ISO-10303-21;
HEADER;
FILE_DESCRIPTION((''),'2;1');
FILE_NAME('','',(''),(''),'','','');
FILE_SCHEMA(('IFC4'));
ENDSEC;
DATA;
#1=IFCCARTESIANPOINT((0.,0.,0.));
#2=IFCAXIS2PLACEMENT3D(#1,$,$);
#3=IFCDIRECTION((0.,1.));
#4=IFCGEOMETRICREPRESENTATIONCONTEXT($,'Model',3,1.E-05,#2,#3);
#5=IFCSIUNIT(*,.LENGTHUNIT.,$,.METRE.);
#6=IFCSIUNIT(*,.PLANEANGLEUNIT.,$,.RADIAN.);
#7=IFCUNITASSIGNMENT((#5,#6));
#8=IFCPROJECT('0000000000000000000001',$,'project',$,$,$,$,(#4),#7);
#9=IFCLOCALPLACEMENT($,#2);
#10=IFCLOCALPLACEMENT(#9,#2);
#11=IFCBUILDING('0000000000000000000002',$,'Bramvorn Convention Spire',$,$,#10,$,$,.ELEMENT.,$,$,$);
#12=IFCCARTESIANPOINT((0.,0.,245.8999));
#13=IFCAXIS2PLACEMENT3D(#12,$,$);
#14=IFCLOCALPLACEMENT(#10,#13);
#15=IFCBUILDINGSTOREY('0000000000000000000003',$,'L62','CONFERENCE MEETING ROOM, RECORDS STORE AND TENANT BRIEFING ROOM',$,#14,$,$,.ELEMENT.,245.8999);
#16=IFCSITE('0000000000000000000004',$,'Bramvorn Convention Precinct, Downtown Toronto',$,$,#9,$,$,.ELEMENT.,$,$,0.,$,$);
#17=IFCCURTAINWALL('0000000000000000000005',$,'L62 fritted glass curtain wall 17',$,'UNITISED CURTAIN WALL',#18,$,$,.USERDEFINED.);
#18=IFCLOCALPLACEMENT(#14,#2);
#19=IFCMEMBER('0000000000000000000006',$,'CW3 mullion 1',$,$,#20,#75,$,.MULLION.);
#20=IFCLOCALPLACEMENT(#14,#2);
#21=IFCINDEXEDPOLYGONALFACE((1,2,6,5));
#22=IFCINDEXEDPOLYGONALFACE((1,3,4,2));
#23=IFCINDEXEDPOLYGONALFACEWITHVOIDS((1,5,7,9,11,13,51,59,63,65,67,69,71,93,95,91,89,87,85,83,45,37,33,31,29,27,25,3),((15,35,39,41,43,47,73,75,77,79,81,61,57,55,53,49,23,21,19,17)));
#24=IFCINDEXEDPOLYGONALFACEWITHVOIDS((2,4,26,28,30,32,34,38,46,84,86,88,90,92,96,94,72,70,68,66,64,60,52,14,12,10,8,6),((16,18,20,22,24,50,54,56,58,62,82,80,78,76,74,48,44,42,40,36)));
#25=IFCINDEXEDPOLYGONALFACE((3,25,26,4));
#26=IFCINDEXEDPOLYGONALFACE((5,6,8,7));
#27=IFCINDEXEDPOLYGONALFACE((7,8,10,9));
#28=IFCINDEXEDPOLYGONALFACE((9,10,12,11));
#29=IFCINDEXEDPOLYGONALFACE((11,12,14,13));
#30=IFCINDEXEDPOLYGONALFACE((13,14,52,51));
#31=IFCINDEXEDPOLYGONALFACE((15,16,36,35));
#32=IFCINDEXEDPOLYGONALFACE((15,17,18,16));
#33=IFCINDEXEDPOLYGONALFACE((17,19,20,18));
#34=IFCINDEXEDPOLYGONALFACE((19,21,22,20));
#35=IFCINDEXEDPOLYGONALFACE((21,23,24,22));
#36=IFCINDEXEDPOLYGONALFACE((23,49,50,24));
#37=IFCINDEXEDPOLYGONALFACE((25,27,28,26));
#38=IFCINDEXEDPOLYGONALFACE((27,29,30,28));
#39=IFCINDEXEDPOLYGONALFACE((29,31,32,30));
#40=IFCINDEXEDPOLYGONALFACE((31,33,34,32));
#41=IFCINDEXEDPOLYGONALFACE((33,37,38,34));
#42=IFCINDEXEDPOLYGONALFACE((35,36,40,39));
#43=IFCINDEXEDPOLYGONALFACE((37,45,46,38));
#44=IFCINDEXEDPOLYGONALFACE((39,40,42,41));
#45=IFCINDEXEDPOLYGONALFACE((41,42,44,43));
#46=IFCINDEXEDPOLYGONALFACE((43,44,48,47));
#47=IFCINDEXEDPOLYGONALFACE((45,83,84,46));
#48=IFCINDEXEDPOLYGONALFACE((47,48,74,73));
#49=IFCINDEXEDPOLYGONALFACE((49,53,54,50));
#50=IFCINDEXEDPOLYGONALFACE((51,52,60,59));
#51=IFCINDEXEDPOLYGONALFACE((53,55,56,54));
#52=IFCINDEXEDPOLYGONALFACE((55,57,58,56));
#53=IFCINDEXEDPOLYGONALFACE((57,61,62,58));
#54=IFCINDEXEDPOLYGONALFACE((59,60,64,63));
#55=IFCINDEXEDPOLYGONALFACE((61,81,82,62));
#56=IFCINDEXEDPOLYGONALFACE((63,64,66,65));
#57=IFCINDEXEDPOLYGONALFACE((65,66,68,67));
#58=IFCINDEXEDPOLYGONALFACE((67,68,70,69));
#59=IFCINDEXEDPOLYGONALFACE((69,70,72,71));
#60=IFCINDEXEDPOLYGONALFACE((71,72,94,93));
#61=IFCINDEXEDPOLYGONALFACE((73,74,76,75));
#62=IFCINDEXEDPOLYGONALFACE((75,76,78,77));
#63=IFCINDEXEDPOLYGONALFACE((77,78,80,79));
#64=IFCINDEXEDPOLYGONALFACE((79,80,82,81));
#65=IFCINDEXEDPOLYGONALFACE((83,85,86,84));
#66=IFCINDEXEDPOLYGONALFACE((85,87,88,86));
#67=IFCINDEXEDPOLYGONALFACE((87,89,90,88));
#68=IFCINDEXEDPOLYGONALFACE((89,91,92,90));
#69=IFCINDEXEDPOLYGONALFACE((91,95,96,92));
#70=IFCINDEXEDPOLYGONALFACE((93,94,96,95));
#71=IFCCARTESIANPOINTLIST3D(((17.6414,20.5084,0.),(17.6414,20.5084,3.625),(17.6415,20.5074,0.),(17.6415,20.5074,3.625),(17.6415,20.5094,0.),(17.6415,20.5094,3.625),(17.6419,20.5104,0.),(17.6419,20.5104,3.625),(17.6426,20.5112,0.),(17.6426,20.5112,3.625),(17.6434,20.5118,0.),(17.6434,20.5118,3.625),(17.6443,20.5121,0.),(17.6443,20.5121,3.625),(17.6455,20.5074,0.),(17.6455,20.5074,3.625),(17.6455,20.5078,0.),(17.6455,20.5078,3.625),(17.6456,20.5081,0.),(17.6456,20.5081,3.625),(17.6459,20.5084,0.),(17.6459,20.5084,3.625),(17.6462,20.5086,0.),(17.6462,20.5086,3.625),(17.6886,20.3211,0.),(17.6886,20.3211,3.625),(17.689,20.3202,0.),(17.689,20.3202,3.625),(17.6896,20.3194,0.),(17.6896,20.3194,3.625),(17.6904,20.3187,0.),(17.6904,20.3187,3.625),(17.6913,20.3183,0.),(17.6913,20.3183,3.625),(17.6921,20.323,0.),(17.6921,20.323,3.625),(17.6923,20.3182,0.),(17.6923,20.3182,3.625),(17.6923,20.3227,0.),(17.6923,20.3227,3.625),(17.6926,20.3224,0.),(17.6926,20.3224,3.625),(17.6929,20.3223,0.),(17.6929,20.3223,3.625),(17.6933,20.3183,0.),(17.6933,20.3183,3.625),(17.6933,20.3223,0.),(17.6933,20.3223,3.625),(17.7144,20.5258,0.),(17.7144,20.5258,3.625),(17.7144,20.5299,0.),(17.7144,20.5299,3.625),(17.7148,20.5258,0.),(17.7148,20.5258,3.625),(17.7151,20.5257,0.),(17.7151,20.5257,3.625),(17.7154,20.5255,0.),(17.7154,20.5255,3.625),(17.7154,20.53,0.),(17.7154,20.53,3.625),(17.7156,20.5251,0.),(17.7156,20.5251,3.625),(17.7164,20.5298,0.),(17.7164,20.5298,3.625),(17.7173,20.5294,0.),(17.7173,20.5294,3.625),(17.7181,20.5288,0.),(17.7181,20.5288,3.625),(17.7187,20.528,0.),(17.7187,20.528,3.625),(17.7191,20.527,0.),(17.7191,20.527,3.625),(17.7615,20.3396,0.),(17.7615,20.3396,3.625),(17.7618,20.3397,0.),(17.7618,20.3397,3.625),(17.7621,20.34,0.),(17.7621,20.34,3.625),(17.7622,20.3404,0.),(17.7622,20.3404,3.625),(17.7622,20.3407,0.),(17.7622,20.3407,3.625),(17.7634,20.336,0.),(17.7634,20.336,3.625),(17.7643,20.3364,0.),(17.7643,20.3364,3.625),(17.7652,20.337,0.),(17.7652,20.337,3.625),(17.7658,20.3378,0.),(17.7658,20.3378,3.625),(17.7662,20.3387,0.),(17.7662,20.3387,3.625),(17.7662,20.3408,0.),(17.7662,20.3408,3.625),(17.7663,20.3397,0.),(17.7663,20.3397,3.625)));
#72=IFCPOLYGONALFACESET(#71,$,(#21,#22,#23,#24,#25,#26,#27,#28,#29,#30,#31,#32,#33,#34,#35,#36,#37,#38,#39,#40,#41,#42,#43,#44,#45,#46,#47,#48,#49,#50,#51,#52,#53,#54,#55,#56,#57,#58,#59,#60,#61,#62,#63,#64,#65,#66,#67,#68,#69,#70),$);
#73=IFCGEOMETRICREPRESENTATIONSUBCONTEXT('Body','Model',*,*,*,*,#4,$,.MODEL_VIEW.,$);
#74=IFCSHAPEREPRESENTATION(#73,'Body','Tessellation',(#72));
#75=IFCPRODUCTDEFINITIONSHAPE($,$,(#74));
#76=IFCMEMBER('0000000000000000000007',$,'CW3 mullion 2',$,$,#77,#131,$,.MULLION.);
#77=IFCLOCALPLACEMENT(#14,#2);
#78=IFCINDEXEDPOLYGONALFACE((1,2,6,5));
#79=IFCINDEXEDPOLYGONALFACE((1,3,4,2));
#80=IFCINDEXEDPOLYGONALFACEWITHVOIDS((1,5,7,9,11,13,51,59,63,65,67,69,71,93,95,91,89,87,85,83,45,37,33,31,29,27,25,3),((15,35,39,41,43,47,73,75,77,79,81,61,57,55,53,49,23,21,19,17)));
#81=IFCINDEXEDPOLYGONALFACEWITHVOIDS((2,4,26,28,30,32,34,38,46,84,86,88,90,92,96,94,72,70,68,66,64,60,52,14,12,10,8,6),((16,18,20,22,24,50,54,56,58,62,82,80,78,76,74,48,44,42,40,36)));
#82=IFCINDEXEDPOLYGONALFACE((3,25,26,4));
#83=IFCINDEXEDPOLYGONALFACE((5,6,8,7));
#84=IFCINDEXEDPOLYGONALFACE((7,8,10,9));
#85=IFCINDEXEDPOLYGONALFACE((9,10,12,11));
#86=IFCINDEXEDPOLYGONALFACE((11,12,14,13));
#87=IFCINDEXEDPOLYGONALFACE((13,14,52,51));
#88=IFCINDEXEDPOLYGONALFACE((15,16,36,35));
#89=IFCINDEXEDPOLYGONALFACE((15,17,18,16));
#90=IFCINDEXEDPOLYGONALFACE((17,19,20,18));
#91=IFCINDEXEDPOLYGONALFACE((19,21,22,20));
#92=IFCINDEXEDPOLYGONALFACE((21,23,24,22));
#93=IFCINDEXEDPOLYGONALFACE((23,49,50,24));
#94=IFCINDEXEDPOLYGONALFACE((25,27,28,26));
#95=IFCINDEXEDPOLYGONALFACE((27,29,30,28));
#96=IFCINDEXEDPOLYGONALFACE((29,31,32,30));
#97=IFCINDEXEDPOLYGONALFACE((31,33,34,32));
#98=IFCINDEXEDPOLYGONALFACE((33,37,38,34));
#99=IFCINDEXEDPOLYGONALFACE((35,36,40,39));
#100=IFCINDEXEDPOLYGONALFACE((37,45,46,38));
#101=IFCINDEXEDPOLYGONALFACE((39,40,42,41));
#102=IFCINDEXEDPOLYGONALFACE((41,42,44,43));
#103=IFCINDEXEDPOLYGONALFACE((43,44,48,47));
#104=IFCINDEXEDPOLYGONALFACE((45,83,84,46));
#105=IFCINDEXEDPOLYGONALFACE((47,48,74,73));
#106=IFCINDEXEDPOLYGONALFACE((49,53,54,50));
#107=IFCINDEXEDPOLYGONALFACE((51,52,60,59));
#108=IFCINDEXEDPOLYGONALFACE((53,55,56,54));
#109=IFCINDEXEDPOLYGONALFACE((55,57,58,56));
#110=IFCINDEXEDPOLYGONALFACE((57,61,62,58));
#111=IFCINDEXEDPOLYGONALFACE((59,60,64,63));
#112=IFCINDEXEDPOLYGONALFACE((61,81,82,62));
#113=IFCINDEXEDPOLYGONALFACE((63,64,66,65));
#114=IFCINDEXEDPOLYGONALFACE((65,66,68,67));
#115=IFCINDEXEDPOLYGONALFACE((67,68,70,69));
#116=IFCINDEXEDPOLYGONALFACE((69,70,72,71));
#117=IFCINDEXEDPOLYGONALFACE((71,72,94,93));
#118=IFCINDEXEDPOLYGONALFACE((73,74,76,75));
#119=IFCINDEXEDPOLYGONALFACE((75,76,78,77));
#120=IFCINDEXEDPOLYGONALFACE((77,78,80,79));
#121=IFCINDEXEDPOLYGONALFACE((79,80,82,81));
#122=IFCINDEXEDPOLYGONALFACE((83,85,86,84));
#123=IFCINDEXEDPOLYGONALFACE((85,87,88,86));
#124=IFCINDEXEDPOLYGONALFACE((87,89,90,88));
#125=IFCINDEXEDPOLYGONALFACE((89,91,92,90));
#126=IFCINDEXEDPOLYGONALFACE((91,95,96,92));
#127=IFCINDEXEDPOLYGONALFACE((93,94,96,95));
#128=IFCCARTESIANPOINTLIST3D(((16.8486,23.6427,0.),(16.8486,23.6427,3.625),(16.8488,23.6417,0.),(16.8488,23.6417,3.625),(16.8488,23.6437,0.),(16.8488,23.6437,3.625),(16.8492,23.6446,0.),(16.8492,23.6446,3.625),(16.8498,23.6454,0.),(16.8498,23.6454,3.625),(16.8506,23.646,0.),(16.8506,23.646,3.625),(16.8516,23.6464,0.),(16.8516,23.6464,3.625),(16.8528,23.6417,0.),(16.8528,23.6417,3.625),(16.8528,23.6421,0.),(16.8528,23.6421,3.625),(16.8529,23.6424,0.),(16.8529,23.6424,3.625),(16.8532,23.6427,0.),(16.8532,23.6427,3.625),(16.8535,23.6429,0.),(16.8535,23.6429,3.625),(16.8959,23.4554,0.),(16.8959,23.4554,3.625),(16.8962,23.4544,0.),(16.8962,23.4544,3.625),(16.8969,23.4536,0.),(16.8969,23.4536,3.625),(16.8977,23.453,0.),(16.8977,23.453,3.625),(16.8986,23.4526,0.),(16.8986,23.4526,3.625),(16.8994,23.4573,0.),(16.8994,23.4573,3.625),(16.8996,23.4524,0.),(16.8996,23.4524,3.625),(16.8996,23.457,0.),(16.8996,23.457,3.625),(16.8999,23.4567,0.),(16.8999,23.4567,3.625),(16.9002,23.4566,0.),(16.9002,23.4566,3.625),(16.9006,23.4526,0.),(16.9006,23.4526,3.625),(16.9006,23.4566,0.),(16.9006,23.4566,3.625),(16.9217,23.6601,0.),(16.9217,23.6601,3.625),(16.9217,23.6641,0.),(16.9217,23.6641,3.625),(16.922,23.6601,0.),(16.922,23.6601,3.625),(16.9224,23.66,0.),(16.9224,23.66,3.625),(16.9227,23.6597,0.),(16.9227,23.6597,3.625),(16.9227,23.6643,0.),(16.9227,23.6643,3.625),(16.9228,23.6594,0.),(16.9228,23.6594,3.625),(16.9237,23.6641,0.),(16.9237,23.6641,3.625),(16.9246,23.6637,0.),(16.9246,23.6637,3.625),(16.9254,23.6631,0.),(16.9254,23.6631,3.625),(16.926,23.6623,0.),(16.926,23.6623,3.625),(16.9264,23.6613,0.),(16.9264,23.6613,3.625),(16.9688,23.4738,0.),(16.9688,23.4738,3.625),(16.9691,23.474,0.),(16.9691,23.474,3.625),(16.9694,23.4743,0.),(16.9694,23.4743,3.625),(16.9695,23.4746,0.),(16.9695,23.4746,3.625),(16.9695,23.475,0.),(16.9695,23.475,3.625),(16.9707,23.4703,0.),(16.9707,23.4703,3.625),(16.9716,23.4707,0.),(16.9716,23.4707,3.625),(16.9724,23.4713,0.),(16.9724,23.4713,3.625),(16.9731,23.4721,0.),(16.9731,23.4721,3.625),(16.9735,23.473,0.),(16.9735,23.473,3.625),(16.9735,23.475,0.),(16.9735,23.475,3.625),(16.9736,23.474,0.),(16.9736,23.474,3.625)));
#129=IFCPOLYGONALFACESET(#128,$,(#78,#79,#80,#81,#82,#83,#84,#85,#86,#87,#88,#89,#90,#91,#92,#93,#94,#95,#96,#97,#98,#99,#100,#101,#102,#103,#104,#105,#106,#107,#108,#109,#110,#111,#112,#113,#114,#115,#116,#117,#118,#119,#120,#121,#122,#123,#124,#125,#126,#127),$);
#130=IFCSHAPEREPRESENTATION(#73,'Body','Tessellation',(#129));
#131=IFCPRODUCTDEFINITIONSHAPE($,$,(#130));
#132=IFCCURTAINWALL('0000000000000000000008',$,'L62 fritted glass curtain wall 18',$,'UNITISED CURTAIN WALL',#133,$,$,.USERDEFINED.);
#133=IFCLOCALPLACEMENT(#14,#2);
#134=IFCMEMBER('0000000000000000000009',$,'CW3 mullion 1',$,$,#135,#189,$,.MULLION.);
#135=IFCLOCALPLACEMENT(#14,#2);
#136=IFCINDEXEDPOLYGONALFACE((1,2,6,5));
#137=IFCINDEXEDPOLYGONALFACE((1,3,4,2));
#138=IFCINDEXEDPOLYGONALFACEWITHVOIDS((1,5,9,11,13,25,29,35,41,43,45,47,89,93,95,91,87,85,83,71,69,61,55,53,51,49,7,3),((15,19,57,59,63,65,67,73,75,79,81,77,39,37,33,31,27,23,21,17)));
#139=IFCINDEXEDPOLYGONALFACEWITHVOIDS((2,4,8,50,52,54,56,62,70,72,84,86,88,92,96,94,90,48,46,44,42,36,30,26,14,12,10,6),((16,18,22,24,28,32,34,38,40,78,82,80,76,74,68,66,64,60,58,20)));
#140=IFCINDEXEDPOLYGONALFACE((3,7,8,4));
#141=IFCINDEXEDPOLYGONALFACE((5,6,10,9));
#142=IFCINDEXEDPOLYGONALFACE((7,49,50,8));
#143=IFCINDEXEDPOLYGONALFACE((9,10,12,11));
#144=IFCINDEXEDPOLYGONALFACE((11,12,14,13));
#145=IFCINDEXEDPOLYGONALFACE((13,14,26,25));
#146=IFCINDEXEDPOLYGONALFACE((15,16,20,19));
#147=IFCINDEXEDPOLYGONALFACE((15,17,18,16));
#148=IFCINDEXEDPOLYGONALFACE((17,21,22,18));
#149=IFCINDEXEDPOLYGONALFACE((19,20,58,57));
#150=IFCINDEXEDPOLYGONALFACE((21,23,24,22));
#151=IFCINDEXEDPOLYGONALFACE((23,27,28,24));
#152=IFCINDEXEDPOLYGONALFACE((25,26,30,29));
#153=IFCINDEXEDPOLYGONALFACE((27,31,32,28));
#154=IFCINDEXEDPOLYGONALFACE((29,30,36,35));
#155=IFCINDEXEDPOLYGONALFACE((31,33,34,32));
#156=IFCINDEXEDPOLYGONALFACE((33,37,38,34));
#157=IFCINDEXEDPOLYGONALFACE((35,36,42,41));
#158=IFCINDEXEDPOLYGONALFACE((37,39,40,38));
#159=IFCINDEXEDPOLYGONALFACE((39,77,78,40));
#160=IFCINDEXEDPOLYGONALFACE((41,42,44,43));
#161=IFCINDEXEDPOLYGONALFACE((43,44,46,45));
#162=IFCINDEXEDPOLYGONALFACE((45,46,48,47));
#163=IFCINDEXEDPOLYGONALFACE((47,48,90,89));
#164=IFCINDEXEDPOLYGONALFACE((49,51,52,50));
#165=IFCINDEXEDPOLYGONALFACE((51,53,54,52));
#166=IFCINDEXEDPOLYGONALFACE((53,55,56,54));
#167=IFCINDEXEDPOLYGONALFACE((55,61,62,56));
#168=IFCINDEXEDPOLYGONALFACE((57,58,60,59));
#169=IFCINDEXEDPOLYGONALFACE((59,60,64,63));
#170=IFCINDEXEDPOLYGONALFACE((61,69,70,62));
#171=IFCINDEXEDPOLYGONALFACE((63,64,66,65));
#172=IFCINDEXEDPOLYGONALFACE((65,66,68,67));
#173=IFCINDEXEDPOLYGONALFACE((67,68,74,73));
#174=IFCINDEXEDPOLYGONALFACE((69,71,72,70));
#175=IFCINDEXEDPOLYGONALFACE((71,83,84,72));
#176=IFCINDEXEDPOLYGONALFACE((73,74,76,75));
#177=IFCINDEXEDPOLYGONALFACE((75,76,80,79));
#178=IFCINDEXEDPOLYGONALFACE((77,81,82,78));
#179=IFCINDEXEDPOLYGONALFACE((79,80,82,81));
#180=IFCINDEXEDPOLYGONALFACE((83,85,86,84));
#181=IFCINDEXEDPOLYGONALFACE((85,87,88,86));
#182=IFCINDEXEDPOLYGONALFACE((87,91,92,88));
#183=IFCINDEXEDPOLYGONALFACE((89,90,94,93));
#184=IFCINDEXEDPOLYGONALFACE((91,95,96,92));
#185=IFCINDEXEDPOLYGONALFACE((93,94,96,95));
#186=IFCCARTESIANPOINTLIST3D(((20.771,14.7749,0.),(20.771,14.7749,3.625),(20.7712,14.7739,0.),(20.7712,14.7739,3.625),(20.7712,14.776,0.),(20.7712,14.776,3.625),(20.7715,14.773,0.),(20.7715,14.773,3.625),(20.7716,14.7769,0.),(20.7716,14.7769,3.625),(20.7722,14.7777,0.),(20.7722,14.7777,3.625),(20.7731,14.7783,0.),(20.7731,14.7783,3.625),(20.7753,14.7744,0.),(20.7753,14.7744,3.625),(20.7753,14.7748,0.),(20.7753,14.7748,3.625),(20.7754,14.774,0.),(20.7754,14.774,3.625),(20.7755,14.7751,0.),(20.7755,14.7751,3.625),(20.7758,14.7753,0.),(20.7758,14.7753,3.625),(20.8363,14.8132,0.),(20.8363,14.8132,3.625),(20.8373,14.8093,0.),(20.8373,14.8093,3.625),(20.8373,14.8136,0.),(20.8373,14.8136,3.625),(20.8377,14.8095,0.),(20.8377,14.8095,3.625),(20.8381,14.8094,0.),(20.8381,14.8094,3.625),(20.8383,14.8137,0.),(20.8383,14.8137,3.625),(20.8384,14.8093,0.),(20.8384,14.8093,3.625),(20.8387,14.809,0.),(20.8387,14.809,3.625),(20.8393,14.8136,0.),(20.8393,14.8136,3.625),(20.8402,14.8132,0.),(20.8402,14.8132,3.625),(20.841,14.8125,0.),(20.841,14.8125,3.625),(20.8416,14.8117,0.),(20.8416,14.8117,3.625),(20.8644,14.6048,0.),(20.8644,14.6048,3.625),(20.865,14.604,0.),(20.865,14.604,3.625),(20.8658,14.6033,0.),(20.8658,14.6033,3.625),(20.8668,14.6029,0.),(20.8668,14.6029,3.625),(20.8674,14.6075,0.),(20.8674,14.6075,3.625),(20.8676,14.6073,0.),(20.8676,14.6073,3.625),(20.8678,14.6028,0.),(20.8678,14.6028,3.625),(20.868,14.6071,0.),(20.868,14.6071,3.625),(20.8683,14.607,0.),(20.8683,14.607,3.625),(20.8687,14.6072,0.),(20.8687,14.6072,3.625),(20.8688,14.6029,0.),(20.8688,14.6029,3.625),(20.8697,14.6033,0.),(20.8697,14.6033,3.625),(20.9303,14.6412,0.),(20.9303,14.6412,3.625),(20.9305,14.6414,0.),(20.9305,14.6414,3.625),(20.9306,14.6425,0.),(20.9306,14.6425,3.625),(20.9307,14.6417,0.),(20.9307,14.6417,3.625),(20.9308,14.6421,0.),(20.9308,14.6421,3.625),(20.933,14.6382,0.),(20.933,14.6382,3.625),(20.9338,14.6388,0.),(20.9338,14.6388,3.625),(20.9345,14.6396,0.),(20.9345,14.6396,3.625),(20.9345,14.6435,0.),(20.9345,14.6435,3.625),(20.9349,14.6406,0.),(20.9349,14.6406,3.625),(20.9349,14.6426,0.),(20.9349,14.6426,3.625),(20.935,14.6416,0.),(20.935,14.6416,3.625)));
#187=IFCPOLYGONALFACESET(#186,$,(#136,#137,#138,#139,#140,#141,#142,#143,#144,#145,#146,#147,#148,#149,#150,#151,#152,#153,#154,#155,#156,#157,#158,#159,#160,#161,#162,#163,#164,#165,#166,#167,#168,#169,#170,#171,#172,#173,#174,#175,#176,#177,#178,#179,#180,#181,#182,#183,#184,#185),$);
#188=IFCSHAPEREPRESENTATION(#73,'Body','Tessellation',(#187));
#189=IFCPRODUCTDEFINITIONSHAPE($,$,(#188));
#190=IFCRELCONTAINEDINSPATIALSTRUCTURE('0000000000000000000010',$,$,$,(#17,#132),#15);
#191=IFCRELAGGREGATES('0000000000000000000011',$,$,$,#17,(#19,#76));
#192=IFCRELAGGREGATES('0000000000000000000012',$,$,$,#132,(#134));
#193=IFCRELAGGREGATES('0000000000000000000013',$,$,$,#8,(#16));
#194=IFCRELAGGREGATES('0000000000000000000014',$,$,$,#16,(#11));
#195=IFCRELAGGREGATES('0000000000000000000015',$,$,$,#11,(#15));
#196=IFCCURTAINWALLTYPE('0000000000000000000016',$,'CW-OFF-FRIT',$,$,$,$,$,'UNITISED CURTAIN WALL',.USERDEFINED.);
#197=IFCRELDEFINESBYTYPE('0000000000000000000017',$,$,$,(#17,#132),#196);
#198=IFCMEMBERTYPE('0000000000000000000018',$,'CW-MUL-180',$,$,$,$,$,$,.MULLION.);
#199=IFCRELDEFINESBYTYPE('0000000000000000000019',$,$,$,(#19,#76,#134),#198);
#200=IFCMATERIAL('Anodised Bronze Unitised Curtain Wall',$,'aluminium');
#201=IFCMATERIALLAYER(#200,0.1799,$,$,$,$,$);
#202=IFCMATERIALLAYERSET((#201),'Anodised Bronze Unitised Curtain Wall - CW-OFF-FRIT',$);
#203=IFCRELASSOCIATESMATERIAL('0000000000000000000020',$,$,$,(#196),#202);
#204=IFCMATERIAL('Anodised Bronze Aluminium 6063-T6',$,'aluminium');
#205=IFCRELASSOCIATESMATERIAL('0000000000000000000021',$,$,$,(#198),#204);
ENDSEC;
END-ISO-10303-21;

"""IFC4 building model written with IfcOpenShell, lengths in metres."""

from ifc_helpers import new_model, si_unit, direction, frame, origin, origin_2d, place, context, subcontext, project, spatial, hollow_rectangle, extrude, material, layer, layer_set, material_profile, profile_set, type_object, element, aggregate, save


model = new_model("IFC4")

# Units and contexts
model_context = context("Model", 3, precision=1e-05, world=origin(), true_north=direction((0.0, 1.0)))
body_context = subcontext(model_context, "Body", "Model", "MODEL_VIEW")
ifc_project = project(units=[si_unit("LENGTHUNIT", "METRE"), si_unit("PLANEANGLEUNIT", "RADIAN")], contexts=[model_context])

# Site, building, storey
site_placement = place(None, origin())
site = spatial("IfcSite", under=ifc_project, at=site_placement, Name="Bramvorn Convention Precinct, Downtown Toronto", CompositionType="ELEMENT", RefElevation=0.0)
building_placement = place(site_placement, origin())
building = spatial("IfcBuilding", under=site, at=building_placement, Name="Bramvorn Convention Spire", CompositionType="ELEMENT")
storey_placement = place(building_placement, frame((0.0, 0.0, 245.8999)))
storey = spatial("IfcBuildingStorey", under=building, at=storey_placement, Name="L62", Description="CONFERENCE MEETING ROOM, RECORDS STORE AND TENANT BRIEFING ROOM", CompositionType="ELEMENT", Elevation=245.8999)

# Curtain walls, members
ifc_material_1 = material(Name="Anodised Bronze Unitised Curtain Wall", Category="aluminium")
ifc_layer_1 = layer(ifc_material_1, 0.1799)
ifc_layer_set_1 = layer_set([ifc_layer_1], Name="Anodised Bronze Unitised Curtain Wall - CW-OFF-FRIT")
curtain_wall_type = type_object("IfcCurtainWallType", Name="CW-OFF-FRIT", ElementType="UNITISED CURTAIN WALL", PredefinedType="USERDEFINED", material=ifc_layer_set_1)
curtain_wall_1_placement = place(storey_placement, origin())
curtain_wall_1 = element("IfcCurtainWall", 1, at=curtain_wall_1_placement, inside=storey, type_object=curtain_wall_type, Name="L62 fritted glass curtain wall 17", ObjectType="UNITISED CURTAIN WALL", PredefinedType="USERDEFINED")
ifc_material_2 = material(Name="Anodised Bronze Aluminium 6063-T6", Category="aluminium")
ifc_material_profile_1 = material_profile(ifc_material_2, hollow_rectangle(XDim=0.0801, YDim=0.2, WallThickness=0.0039, InnerFilletRadius=0.001, OuterFilletRadius=0.0039, at=origin_2d()))
ifc_profile_set_1 = profile_set([ifc_material_profile_1], Name="Anodised Bronze Aluminium 6063-T6 - CWM80X200")
member_type_1 = type_object("IfcMemberType", Name="CW-MUL-180", PredefinedType="MULLION", material=ifc_profile_set_1)
member_1_placement = place(storey_placement, frame((17.7039, 20.4241, 0.0), z_axis=(0.0, 0.0, 1.0), x_axis=(-0.969477, -0.245181, 0.0)))
member_1 = element("IfcMember", 2, at=member_1_placement, type_object=member_type_1, Name="CW3 mullion 1", PredefinedType="MULLION", context=body_context, shape_type="SweptSolid", body=[
    extrude(hollow_rectangle(XDim=0.0801, YDim=0.2, WallThickness=0.0039, InnerFilletRadius=0.001, OuterFilletRadius=0.0039, at=origin_2d()), origin(), (0.0, 0.0, 1.0), 3.625),
])
member_2_placement = place(storey_placement, frame((16.9111, 23.5583, 0.0), z_axis=(0.0, 0.0, 1.0), x_axis=(-0.969477, -0.245181, 0.0)))
member_2 = element("IfcMember", 3, at=member_2_placement, type_object=member_type_1, Name="CW3 mullion 2", PredefinedType="MULLION", context=body_context, shape_type="SweptSolid", body=[
    extrude(hollow_rectangle(XDim=0.0801, YDim=0.2, WallThickness=0.0039, InnerFilletRadius=0.001, OuterFilletRadius=0.0039, at=origin_2d()), origin(), (0.0, 0.0, 1.0), 3.625),
])
curtain_wall_2_placement = place(storey_placement, origin())
curtain_wall_2 = element("IfcCurtainWall", 4, at=curtain_wall_2_placement, inside=storey, type_object=curtain_wall_type, Name="L62 fritted glass curtain wall 18", ObjectType="UNITISED CURTAIN WALL", PredefinedType="USERDEFINED")
member_3_placement = place(storey_placement, frame((20.853, 14.7083, 0.0), z_axis=(0.0, 0.0, 1.0), x_axis=(-0.875299, -0.483582, 0.0)))
member_3 = element("IfcMember", 5, at=member_3_placement, type_object=member_type_1, Name="CW3 mullion 1", PredefinedType="MULLION", context=body_context, shape_type="SweptSolid", body=[
    extrude(hollow_rectangle(XDim=0.0801, YDim=0.2, WallThickness=0.0039, InnerFilletRadius=0.001, OuterFilletRadius=0.0039, at=origin_2d()), origin(), (0.0, 0.0, 1.0), 3.625),
])

aggregate(curtain_wall_1, [member_1, member_2])
aggregate(curtain_wall_2, [member_3])

save(model, "model.ifc")
